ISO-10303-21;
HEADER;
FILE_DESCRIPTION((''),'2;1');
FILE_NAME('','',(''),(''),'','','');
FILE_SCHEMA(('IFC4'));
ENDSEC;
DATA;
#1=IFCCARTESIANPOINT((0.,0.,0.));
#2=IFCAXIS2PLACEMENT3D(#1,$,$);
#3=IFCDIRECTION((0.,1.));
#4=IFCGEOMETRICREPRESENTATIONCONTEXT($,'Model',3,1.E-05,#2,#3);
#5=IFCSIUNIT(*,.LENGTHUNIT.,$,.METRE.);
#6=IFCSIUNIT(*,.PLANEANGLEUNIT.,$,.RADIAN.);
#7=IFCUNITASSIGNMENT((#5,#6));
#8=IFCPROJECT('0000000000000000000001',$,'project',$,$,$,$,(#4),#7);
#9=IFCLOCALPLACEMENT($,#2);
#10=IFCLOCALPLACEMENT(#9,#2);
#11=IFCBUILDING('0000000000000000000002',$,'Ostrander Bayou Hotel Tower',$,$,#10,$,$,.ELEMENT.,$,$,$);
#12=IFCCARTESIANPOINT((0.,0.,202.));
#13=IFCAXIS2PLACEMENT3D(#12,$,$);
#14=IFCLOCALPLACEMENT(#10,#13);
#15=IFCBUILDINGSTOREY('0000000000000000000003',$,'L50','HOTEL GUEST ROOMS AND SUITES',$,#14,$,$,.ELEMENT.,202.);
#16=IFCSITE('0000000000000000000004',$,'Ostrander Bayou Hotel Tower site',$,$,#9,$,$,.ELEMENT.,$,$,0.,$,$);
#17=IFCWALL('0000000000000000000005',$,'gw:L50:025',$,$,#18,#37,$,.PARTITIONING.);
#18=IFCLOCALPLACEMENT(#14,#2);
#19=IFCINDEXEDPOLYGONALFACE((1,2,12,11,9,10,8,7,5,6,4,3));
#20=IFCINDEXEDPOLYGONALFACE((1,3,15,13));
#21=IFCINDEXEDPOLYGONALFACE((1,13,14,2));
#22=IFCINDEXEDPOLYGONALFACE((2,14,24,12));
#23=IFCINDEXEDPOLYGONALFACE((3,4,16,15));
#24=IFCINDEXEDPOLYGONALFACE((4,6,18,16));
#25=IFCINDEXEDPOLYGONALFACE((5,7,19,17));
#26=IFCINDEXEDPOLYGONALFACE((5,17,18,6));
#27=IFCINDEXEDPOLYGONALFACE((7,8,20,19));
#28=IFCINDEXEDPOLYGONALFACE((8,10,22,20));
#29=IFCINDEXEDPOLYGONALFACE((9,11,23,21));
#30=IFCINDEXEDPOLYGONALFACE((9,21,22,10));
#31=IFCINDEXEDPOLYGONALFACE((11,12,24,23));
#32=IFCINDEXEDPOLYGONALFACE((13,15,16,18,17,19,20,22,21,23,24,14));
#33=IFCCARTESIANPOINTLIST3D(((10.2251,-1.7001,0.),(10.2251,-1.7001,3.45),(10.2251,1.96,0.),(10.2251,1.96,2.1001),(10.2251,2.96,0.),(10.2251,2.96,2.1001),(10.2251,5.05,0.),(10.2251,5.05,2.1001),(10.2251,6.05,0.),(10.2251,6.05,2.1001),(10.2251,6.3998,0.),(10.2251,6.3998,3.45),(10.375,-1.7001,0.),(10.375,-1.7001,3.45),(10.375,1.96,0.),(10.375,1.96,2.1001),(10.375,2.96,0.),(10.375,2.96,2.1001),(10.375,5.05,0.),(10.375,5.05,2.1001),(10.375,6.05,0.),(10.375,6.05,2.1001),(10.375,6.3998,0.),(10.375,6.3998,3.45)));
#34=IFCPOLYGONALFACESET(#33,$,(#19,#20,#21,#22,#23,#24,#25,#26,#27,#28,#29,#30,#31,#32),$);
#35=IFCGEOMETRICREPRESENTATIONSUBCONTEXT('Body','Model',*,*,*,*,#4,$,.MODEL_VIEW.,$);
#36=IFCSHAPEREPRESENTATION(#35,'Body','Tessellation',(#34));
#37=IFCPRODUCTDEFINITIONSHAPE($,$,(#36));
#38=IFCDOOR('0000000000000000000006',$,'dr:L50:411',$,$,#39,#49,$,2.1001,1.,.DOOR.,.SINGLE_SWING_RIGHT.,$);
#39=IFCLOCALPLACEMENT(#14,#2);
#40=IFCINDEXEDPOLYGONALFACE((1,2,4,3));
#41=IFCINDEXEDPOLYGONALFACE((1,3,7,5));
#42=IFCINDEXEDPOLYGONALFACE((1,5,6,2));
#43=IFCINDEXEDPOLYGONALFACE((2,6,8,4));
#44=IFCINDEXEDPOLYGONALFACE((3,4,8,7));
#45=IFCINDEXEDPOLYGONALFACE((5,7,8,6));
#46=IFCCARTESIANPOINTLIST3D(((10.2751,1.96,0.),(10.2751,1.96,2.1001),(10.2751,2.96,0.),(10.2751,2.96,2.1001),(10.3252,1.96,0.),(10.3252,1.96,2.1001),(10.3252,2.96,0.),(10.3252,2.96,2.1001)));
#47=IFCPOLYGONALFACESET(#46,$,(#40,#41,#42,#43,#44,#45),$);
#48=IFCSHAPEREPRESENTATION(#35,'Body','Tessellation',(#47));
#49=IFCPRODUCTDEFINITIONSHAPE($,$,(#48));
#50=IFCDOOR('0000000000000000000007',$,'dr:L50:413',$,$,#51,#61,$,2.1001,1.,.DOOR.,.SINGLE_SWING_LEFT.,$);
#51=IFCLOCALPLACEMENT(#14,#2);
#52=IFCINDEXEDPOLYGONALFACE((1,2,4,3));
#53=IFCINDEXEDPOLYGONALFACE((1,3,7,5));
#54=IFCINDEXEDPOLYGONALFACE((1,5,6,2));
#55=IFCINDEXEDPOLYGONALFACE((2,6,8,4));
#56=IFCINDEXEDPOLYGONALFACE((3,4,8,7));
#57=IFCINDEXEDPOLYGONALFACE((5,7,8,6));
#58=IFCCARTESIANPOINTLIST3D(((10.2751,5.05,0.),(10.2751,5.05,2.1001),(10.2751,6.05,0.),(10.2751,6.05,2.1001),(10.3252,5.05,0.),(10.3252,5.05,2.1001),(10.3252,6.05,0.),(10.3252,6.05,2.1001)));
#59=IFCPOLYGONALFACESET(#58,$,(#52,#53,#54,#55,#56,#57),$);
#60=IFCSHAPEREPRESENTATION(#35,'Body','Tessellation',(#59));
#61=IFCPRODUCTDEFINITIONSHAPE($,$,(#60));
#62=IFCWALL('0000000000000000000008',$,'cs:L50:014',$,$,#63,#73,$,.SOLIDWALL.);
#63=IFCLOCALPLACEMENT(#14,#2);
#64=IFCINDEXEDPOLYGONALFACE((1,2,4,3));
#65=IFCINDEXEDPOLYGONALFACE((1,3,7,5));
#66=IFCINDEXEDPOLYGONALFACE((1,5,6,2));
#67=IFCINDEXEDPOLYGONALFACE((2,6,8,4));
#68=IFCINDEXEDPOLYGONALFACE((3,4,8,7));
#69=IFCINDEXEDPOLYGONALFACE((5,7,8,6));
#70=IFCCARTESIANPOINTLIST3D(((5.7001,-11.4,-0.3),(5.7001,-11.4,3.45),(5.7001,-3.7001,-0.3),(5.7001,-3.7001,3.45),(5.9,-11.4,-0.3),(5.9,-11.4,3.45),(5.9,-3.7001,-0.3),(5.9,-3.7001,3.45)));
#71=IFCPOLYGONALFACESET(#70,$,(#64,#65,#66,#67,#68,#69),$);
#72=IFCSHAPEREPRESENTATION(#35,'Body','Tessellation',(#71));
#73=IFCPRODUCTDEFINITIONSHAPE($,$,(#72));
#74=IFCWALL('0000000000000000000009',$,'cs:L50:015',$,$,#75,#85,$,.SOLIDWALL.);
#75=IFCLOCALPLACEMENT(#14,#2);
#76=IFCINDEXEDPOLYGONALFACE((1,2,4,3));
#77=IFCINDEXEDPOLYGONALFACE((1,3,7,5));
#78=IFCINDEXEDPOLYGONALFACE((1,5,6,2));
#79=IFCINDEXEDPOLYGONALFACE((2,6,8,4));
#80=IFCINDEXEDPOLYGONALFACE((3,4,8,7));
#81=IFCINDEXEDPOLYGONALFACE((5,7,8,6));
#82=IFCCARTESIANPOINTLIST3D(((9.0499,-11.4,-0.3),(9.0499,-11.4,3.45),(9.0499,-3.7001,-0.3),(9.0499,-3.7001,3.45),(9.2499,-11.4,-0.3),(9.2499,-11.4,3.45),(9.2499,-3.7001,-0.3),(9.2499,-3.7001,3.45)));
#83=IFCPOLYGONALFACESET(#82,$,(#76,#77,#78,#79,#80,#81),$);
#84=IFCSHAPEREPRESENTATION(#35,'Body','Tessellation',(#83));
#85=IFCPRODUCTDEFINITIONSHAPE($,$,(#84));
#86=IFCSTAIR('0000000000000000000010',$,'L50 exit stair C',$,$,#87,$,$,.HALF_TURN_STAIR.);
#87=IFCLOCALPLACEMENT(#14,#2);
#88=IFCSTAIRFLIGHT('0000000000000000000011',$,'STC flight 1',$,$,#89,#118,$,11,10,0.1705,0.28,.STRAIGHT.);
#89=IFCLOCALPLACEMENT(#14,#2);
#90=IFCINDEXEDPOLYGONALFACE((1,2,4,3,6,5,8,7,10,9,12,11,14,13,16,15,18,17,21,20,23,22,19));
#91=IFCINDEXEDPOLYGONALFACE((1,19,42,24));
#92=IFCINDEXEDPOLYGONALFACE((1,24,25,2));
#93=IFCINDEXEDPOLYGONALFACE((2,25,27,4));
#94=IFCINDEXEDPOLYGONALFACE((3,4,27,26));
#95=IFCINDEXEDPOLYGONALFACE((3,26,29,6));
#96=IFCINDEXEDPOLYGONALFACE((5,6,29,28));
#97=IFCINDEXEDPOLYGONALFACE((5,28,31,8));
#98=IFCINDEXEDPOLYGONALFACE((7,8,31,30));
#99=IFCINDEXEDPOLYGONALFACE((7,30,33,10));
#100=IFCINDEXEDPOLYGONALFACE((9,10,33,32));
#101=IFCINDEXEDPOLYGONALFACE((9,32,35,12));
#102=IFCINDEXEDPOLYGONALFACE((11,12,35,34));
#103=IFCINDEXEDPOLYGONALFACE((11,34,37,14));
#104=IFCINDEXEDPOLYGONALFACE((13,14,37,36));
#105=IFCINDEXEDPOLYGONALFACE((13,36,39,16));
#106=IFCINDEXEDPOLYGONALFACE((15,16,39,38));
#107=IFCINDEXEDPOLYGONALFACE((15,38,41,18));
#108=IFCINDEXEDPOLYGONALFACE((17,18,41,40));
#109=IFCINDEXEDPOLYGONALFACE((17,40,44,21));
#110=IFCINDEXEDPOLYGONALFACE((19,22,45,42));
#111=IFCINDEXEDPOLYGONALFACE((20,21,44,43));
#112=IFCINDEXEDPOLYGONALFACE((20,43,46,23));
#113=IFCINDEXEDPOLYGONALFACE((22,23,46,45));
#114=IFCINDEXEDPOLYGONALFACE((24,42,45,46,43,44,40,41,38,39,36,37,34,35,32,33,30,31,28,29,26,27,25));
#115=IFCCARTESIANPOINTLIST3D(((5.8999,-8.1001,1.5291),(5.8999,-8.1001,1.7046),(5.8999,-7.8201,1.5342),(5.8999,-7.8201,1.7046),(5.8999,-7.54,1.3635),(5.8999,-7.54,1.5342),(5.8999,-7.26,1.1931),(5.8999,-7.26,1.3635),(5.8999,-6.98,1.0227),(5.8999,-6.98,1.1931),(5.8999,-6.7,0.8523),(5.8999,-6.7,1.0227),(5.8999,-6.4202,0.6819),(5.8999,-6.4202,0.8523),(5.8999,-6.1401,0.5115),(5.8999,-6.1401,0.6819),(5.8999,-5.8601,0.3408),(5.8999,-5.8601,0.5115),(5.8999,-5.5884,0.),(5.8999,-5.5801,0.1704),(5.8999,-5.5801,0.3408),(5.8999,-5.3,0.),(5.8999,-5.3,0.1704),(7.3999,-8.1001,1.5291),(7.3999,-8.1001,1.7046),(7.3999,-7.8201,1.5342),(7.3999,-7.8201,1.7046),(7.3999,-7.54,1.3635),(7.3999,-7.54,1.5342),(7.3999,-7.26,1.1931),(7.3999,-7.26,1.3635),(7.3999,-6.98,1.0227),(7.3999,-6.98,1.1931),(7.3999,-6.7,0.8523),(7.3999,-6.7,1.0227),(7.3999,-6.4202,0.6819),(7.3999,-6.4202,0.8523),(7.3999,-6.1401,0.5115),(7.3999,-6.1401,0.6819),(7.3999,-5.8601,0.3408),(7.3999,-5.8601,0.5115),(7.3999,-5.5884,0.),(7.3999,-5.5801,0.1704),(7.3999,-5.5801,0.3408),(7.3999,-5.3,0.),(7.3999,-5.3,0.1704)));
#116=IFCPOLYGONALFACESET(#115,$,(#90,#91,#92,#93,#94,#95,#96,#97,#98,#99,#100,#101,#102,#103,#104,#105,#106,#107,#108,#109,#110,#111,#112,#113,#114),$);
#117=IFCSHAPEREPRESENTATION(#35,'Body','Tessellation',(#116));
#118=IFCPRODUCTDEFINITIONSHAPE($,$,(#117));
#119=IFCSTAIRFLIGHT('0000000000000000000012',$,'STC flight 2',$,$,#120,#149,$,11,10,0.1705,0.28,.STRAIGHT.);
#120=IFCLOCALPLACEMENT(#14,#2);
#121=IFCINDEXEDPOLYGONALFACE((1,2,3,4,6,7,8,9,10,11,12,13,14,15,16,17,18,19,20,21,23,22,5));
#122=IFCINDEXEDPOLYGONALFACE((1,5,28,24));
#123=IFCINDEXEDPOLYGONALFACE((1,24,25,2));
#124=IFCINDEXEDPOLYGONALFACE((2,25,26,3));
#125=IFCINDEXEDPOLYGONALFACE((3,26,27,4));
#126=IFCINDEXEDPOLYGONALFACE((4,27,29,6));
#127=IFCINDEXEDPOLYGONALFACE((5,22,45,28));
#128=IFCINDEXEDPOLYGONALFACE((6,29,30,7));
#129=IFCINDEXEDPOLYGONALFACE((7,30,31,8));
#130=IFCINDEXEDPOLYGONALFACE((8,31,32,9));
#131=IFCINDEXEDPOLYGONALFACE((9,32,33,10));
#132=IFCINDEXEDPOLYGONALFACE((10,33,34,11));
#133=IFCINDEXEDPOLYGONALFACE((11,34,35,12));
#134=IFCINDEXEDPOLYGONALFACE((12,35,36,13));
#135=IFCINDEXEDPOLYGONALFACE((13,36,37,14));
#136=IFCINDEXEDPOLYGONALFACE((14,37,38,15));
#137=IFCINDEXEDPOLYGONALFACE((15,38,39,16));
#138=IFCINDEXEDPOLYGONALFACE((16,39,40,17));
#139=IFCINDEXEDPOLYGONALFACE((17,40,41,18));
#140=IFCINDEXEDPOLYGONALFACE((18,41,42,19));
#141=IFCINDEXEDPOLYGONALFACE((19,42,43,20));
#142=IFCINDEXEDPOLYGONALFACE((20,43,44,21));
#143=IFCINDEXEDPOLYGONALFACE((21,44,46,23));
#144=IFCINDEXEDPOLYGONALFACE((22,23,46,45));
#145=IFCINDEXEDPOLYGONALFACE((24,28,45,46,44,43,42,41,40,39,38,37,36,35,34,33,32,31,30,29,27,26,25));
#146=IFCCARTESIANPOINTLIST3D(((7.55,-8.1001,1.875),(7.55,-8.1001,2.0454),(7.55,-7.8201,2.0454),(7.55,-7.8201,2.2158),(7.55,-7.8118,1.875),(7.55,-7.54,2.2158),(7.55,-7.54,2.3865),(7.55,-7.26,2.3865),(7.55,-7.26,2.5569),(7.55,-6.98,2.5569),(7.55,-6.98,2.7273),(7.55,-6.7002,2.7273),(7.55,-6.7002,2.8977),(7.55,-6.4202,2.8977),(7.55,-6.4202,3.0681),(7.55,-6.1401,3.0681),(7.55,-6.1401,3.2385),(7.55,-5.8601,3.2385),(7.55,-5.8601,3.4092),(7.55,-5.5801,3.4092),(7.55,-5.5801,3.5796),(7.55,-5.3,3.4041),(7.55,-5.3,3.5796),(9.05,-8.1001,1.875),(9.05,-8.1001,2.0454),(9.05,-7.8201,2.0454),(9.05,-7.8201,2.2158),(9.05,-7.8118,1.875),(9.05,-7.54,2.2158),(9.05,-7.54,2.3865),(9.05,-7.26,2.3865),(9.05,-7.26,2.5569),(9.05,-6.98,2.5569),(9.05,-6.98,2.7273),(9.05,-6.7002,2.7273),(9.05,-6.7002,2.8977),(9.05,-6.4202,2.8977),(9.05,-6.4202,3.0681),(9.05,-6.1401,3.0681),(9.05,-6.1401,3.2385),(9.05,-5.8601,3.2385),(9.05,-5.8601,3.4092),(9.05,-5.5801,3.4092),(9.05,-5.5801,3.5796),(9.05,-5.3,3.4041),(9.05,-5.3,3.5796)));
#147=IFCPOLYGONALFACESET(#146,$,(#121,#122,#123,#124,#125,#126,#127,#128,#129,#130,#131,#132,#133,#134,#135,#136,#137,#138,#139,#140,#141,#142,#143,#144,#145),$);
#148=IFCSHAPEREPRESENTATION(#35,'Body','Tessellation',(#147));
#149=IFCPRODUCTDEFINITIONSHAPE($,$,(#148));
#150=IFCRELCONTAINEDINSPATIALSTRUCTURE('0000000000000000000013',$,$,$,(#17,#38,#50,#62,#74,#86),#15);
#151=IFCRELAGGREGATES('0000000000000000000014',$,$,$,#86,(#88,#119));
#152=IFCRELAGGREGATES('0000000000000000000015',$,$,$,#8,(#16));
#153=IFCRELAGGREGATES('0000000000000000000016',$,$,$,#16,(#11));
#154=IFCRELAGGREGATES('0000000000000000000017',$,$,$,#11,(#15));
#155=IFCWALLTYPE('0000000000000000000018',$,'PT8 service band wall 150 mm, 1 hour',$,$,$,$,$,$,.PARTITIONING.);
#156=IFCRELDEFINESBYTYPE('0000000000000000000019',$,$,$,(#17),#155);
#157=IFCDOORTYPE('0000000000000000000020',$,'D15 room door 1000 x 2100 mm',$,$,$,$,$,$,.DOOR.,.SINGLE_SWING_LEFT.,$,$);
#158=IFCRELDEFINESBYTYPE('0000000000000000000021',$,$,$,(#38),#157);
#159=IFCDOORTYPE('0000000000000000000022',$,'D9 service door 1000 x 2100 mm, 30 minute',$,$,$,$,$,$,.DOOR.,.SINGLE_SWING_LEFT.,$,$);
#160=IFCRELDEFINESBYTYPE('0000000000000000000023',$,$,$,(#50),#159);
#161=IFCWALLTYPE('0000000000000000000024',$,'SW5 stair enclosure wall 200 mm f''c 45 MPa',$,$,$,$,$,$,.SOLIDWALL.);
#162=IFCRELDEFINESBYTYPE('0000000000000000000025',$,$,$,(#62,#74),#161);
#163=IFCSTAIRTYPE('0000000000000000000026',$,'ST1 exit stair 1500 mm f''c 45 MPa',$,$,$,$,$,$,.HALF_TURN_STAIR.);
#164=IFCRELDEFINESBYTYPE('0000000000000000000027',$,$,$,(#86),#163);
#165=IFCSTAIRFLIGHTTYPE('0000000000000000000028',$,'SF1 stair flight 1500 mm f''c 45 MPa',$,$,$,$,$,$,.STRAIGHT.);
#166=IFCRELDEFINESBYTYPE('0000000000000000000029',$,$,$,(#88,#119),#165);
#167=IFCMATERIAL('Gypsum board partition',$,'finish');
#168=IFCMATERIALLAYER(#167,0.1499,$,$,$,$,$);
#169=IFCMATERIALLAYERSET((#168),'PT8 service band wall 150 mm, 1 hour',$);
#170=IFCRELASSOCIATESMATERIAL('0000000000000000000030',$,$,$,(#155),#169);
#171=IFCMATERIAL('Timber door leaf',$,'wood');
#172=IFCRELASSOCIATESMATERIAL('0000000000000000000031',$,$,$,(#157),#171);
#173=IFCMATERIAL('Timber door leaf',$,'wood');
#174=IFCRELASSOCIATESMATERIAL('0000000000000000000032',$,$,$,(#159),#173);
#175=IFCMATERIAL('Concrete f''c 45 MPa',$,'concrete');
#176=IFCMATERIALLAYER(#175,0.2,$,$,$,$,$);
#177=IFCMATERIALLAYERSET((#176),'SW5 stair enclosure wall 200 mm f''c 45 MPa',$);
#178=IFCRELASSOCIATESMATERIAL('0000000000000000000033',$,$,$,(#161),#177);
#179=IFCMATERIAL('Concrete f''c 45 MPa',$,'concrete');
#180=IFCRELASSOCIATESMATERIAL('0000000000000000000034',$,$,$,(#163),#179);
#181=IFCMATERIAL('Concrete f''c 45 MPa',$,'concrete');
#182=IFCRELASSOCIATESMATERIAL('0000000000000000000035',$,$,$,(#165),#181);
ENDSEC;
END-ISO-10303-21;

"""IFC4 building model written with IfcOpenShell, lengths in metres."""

from ifc_helpers import new_model, si_unit, direction, frame, frame_2d, origin, place, context, subcontext, project, spatial, polyline, rectangle, outline, extrude, material, layer, layer_set, type_object, element, fill, aggregate, save


model = new_model("IFC4")

# Units and contexts
model_context = context("Model", 3, precision=1e-05, world=origin(), true_north=direction((0.0, 1.0)))
body_context = subcontext(model_context, "Body", "Model", "MODEL_VIEW")
ifc_project = project(units=[si_unit("LENGTHUNIT", "METRE"), si_unit("PLANEANGLEUNIT", "RADIAN")], contexts=[model_context])

# Site, building, storey
site_placement = place(None, origin())
site = spatial("IfcSite", under=ifc_project, at=site_placement, Name="Ostrander Bayou Hotel Tower site", CompositionType="ELEMENT", RefElevation=0.0)
building_placement = place(site_placement, origin())
building = spatial("IfcBuilding", under=site, at=building_placement, Name="Ostrander Bayou Hotel Tower", CompositionType="ELEMENT")
storey_placement = place(building_placement, frame((0.0, 0.0, 202.0)))
storey = spatial("IfcBuildingStorey", under=building, at=storey_placement, Name="L50", Description="HOTEL GUEST ROOMS AND SUITES", CompositionType="ELEMENT", Elevation=202.0)

# Shared definitions
ifc_material_1 = material(Name="Gypsum board partition", Category="finish")
ifc_layer_1 = layer(ifc_material_1, 0.1499)
ifc_layer_set_1 = layer_set([ifc_layer_1], Name="PT8 service band wall 150 mm, 1 hour")
wall_type_1 = type_object("IfcWallType", Name="PT8 service band wall 150 mm, 1 hour", PredefinedType="PARTITIONING", material=ifc_layer_set_1)

# Wall, openings, doors
wall_1_placement = place(storey_placement, frame((10.3, -1.7, 0.0), z_axis=(0.0, 0.0, 1.0), x_axis=(0.0, 1.0, 0.0)))
wall_1 = element("IfcWall", 1, at=wall_1_placement, inside=storey, type_object=wall_type_1, Name="gw:L50:025", PredefinedType="PARTITIONING", context=body_context, shape_type="SweptSolid", body=[
    extrude(rectangle(XDim=8.0999, YDim=0.1499, at=frame_2d((4.0498, 0.0))), origin(), (0.0, 0.0, 1.0), 3.45),
])
opening_1_placement = place(wall_1_placement, frame((3.6599, 0.0, 0.0)))
opening_1 = element("IfcOpeningElement", 2, at=opening_1_placement, cuts=wall_1, PredefinedType="OPENING", context=body_context, shape_type="SweptSolid", body=[
    extrude(rectangle(XDim=1.0, YDim=2.1001, at=frame_2d((0.5, 1.05))), frame((0.0, 0.075, 0.0), z_axis=(0.0, -1.0, 0.0), x_axis=(1.0, 0.0, 0.0)), (0.0, 0.0, 1.0), 0.1499),
])
opening_2_placement = place(wall_1_placement, frame((6.75, 0.0, 0.0)))
opening_2 = element("IfcOpeningElement", 3, at=opening_2_placement, cuts=wall_1, PredefinedType="OPENING", context=body_context, shape_type="SweptSolid", body=[
    extrude(rectangle(XDim=1.0, YDim=2.1001, at=frame_2d((0.5, 1.05))), frame((0.0, 0.075, 0.0), z_axis=(0.0, -1.0, 0.0), x_axis=(1.0, 0.0, 0.0)), (0.0, 0.0, 1.0), 0.1499),
])
ifc_material_2 = material(Name="Timber door leaf", Category="wood")
door_type_1 = type_object("IfcDoorType", Name="D15 room door 1000 x 2100 mm", OperationType="SINGLE_SWING_LEFT", PredefinedType="DOOR", material=ifc_material_2)
door_1_placement = place(opening_1_placement, origin())
door_1 = element("IfcDoor", 4, at=door_1_placement, inside=storey, type_object=door_type_1, Name="dr:L50:411", OperationType="SINGLE_SWING_RIGHT", OverallHeight=2.1001, OverallWidth=1.0, PredefinedType="DOOR", context=body_context, shape_type="SweptSolid", body=[
    extrude(rectangle(XDim=1.0, YDim=2.1001, at=frame_2d((0.5, 1.05))), frame((0.0, 0.0249, 0.0), z_axis=(0.0, -1.0, 0.0), x_axis=(1.0, 0.0, 0.0)), (0.0, 0.0, 1.0), 0.05),
])
fill(opening_1, door_1)
ifc_material_3 = material(Name="Timber door leaf", Category="wood")
door_type_2 = type_object("IfcDoorType", Name="D9 service door 1000 x 2100 mm, 30 minute", OperationType="SINGLE_SWING_LEFT", PredefinedType="DOOR", material=ifc_material_3)
door_2_placement = place(opening_2_placement, origin())
door_2 = element("IfcDoor", 5, at=door_2_placement, inside=storey, type_object=door_type_2, Name="dr:L50:413", OperationType="SINGLE_SWING_LEFT", OverallHeight=2.1001, OverallWidth=1.0, PredefinedType="DOOR", context=body_context, shape_type="SweptSolid", body=[
    extrude(rectangle(XDim=1.0, YDim=2.1001, at=frame_2d((0.5, 1.05))), frame((0.0, 0.0249, 0.0), z_axis=(0.0, -1.0, 0.0), x_axis=(1.0, 0.0, 0.0)), (0.0, 0.0, 1.0), 0.05),
])
fill(opening_2, door_2)

# Shared definitions
ifc_material_4 = material(Name="Concrete f'c 45 MPa", Category="concrete")
ifc_layer_2 = layer(ifc_material_4, 0.2)
ifc_layer_set_2 = layer_set([ifc_layer_2], Name="SW5 stair enclosure wall 200 mm f'c 45 MPa")
wall_type_2 = type_object("IfcWallType", Name="SW5 stair enclosure wall 200 mm f'c 45 MPa", PredefinedType="SOLIDWALL", material=ifc_layer_set_2)

# Walls
for number, where, z_axis, x_axis, name in (
    (6, (5.8, -3.7, -0.3), (0.0, 0.0, 1.0), (0.0, -1.0, 0.0), "cs:L50:014"),
    (7, (9.1499, -3.7, -0.3), (0.0, 0.0, 1.0), (0.0, -1.0, 0.0), "cs:L50:015"),
):
    element("IfcWall", number, at=place(storey_placement, frame(where, z_axis=z_axis, x_axis=x_axis)), inside=storey, type_object=wall_type_2, Name=name, PredefinedType="SOLIDWALL", context=body_context, shape_type="SweptSolid", body=[
        extrude(rectangle(XDim=7.7, YDim=0.2, at=frame_2d((3.8501, 0.0))), origin(), (0.0, 0.0, 1.0), 3.75),
    ])

# Stair, stair flights
ifc_material_5 = material(Name="Concrete f'c 45 MPa", Category="concrete")
stair_type = type_object("IfcStairType", Name="ST1 exit stair 1500 mm f'c 45 MPa", PredefinedType="HALF_TURN_STAIR", material=ifc_material_5)
stair_placement = place(storey_placement, origin())
stair = element("IfcStair", 8, at=stair_placement, inside=storey, type_object=stair_type, Name="L50 exit stair C", PredefinedType="HALF_TURN_STAIR")
ifc_material_6 = material(Name="Concrete f'c 45 MPa", Category="concrete")
stair_flight_type = type_object("IfcStairFlightType", Name="SF1 stair flight 1500 mm f'c 45 MPa", PredefinedType="STRAIGHT", material=ifc_material_6)
stair_flight_1_placement = place(storey_placement, frame((6.6499, -5.3, 0.0), z_axis=(0.0, 0.0, 1.0), x_axis=(0.0, -1.0, 0.0)))
stair_flight_1 = element("IfcStairFlight", 9, at=stair_flight_1_placement, type_object=stair_flight_type, Name="STC flight 1", NumberOfRisers=11, NumberOfTreads=10, PredefinedType="STRAIGHT", RiserHeight=0.1705, TreadLength=0.28, context=body_context, shape_type="SweptSolid", body=[
    extrude(outline(polyline([(0.0, 0.0), (0.0, 0.1704), (0.28, 0.1704), (0.28, 0.3408), (0.5601, 0.3408), (0.5601, 0.5115), (0.8401, 0.5115), (0.8401, 0.6819), (1.1201, 0.6819), (1.1201, 0.8523), (1.3999, 0.8523), (1.3999, 1.0227), (1.6799, 1.0227), (1.6799, 1.1931), (1.96, 1.1931), (1.96, 1.3635), (2.24, 1.3635), (2.24, 1.5342), (2.52, 1.5342), (2.52, 1.7046), (2.8, 1.7046), (2.8, 1.875), (2.8, 1.5291), (0.2883, 0.0), (0.0, 0.0)])), frame((0.0, 0.75, 0.0), z_axis=(0.0, -1.0, 0.0), x_axis=(1.0, 0.0, 0.0)), (0.0, 0.0, 1.0), 1.5),
])
stair_flight_2_placement = place(storey_placement, frame((8.3, -8.1001, 1.875), z_axis=(0.0, 0.0, 1.0), x_axis=(0.0, 1.0, 0.0)))
stair_flight_2 = element("IfcStairFlight", 10, at=stair_flight_2_placement, type_object=stair_flight_type, Name="STC flight 2", NumberOfRisers=11, NumberOfTreads=10, PredefinedType="STRAIGHT", RiserHeight=0.1705, TreadLength=0.28, context=body_context, shape_type="SweptSolid", body=[
    extrude(outline(polyline([(0.0, 0.0), (0.0, 0.1704), (0.28, 0.1704), (0.28, 0.3408), (0.5601, 0.3408), (0.5601, 0.5115), (0.8401, 0.5115), (0.8401, 0.6819), (1.1201, 0.6819), (1.1201, 0.8523), (1.3999, 0.8523), (1.3999, 1.0227), (1.6799, 1.0227), (1.6799, 1.1931), (1.96, 1.1931), (1.96, 1.3635), (2.24, 1.3635), (2.24, 1.5342), (2.52, 1.5342), (2.52, 1.7046), (2.8, 1.7046), (2.8, 1.875), (2.8, 1.5291), (0.2883, 0.0), (0.0, 0.0)])), frame((0.0, 0.75, 0.0), z_axis=(0.0, -1.0, 0.0), x_axis=(1.0, 0.0, 0.0)), (0.0, 0.0, 1.0), 1.5),
])
aggregate(stair, [stair_flight_1, stair_flight_2])

save(model, "model.ifc")
